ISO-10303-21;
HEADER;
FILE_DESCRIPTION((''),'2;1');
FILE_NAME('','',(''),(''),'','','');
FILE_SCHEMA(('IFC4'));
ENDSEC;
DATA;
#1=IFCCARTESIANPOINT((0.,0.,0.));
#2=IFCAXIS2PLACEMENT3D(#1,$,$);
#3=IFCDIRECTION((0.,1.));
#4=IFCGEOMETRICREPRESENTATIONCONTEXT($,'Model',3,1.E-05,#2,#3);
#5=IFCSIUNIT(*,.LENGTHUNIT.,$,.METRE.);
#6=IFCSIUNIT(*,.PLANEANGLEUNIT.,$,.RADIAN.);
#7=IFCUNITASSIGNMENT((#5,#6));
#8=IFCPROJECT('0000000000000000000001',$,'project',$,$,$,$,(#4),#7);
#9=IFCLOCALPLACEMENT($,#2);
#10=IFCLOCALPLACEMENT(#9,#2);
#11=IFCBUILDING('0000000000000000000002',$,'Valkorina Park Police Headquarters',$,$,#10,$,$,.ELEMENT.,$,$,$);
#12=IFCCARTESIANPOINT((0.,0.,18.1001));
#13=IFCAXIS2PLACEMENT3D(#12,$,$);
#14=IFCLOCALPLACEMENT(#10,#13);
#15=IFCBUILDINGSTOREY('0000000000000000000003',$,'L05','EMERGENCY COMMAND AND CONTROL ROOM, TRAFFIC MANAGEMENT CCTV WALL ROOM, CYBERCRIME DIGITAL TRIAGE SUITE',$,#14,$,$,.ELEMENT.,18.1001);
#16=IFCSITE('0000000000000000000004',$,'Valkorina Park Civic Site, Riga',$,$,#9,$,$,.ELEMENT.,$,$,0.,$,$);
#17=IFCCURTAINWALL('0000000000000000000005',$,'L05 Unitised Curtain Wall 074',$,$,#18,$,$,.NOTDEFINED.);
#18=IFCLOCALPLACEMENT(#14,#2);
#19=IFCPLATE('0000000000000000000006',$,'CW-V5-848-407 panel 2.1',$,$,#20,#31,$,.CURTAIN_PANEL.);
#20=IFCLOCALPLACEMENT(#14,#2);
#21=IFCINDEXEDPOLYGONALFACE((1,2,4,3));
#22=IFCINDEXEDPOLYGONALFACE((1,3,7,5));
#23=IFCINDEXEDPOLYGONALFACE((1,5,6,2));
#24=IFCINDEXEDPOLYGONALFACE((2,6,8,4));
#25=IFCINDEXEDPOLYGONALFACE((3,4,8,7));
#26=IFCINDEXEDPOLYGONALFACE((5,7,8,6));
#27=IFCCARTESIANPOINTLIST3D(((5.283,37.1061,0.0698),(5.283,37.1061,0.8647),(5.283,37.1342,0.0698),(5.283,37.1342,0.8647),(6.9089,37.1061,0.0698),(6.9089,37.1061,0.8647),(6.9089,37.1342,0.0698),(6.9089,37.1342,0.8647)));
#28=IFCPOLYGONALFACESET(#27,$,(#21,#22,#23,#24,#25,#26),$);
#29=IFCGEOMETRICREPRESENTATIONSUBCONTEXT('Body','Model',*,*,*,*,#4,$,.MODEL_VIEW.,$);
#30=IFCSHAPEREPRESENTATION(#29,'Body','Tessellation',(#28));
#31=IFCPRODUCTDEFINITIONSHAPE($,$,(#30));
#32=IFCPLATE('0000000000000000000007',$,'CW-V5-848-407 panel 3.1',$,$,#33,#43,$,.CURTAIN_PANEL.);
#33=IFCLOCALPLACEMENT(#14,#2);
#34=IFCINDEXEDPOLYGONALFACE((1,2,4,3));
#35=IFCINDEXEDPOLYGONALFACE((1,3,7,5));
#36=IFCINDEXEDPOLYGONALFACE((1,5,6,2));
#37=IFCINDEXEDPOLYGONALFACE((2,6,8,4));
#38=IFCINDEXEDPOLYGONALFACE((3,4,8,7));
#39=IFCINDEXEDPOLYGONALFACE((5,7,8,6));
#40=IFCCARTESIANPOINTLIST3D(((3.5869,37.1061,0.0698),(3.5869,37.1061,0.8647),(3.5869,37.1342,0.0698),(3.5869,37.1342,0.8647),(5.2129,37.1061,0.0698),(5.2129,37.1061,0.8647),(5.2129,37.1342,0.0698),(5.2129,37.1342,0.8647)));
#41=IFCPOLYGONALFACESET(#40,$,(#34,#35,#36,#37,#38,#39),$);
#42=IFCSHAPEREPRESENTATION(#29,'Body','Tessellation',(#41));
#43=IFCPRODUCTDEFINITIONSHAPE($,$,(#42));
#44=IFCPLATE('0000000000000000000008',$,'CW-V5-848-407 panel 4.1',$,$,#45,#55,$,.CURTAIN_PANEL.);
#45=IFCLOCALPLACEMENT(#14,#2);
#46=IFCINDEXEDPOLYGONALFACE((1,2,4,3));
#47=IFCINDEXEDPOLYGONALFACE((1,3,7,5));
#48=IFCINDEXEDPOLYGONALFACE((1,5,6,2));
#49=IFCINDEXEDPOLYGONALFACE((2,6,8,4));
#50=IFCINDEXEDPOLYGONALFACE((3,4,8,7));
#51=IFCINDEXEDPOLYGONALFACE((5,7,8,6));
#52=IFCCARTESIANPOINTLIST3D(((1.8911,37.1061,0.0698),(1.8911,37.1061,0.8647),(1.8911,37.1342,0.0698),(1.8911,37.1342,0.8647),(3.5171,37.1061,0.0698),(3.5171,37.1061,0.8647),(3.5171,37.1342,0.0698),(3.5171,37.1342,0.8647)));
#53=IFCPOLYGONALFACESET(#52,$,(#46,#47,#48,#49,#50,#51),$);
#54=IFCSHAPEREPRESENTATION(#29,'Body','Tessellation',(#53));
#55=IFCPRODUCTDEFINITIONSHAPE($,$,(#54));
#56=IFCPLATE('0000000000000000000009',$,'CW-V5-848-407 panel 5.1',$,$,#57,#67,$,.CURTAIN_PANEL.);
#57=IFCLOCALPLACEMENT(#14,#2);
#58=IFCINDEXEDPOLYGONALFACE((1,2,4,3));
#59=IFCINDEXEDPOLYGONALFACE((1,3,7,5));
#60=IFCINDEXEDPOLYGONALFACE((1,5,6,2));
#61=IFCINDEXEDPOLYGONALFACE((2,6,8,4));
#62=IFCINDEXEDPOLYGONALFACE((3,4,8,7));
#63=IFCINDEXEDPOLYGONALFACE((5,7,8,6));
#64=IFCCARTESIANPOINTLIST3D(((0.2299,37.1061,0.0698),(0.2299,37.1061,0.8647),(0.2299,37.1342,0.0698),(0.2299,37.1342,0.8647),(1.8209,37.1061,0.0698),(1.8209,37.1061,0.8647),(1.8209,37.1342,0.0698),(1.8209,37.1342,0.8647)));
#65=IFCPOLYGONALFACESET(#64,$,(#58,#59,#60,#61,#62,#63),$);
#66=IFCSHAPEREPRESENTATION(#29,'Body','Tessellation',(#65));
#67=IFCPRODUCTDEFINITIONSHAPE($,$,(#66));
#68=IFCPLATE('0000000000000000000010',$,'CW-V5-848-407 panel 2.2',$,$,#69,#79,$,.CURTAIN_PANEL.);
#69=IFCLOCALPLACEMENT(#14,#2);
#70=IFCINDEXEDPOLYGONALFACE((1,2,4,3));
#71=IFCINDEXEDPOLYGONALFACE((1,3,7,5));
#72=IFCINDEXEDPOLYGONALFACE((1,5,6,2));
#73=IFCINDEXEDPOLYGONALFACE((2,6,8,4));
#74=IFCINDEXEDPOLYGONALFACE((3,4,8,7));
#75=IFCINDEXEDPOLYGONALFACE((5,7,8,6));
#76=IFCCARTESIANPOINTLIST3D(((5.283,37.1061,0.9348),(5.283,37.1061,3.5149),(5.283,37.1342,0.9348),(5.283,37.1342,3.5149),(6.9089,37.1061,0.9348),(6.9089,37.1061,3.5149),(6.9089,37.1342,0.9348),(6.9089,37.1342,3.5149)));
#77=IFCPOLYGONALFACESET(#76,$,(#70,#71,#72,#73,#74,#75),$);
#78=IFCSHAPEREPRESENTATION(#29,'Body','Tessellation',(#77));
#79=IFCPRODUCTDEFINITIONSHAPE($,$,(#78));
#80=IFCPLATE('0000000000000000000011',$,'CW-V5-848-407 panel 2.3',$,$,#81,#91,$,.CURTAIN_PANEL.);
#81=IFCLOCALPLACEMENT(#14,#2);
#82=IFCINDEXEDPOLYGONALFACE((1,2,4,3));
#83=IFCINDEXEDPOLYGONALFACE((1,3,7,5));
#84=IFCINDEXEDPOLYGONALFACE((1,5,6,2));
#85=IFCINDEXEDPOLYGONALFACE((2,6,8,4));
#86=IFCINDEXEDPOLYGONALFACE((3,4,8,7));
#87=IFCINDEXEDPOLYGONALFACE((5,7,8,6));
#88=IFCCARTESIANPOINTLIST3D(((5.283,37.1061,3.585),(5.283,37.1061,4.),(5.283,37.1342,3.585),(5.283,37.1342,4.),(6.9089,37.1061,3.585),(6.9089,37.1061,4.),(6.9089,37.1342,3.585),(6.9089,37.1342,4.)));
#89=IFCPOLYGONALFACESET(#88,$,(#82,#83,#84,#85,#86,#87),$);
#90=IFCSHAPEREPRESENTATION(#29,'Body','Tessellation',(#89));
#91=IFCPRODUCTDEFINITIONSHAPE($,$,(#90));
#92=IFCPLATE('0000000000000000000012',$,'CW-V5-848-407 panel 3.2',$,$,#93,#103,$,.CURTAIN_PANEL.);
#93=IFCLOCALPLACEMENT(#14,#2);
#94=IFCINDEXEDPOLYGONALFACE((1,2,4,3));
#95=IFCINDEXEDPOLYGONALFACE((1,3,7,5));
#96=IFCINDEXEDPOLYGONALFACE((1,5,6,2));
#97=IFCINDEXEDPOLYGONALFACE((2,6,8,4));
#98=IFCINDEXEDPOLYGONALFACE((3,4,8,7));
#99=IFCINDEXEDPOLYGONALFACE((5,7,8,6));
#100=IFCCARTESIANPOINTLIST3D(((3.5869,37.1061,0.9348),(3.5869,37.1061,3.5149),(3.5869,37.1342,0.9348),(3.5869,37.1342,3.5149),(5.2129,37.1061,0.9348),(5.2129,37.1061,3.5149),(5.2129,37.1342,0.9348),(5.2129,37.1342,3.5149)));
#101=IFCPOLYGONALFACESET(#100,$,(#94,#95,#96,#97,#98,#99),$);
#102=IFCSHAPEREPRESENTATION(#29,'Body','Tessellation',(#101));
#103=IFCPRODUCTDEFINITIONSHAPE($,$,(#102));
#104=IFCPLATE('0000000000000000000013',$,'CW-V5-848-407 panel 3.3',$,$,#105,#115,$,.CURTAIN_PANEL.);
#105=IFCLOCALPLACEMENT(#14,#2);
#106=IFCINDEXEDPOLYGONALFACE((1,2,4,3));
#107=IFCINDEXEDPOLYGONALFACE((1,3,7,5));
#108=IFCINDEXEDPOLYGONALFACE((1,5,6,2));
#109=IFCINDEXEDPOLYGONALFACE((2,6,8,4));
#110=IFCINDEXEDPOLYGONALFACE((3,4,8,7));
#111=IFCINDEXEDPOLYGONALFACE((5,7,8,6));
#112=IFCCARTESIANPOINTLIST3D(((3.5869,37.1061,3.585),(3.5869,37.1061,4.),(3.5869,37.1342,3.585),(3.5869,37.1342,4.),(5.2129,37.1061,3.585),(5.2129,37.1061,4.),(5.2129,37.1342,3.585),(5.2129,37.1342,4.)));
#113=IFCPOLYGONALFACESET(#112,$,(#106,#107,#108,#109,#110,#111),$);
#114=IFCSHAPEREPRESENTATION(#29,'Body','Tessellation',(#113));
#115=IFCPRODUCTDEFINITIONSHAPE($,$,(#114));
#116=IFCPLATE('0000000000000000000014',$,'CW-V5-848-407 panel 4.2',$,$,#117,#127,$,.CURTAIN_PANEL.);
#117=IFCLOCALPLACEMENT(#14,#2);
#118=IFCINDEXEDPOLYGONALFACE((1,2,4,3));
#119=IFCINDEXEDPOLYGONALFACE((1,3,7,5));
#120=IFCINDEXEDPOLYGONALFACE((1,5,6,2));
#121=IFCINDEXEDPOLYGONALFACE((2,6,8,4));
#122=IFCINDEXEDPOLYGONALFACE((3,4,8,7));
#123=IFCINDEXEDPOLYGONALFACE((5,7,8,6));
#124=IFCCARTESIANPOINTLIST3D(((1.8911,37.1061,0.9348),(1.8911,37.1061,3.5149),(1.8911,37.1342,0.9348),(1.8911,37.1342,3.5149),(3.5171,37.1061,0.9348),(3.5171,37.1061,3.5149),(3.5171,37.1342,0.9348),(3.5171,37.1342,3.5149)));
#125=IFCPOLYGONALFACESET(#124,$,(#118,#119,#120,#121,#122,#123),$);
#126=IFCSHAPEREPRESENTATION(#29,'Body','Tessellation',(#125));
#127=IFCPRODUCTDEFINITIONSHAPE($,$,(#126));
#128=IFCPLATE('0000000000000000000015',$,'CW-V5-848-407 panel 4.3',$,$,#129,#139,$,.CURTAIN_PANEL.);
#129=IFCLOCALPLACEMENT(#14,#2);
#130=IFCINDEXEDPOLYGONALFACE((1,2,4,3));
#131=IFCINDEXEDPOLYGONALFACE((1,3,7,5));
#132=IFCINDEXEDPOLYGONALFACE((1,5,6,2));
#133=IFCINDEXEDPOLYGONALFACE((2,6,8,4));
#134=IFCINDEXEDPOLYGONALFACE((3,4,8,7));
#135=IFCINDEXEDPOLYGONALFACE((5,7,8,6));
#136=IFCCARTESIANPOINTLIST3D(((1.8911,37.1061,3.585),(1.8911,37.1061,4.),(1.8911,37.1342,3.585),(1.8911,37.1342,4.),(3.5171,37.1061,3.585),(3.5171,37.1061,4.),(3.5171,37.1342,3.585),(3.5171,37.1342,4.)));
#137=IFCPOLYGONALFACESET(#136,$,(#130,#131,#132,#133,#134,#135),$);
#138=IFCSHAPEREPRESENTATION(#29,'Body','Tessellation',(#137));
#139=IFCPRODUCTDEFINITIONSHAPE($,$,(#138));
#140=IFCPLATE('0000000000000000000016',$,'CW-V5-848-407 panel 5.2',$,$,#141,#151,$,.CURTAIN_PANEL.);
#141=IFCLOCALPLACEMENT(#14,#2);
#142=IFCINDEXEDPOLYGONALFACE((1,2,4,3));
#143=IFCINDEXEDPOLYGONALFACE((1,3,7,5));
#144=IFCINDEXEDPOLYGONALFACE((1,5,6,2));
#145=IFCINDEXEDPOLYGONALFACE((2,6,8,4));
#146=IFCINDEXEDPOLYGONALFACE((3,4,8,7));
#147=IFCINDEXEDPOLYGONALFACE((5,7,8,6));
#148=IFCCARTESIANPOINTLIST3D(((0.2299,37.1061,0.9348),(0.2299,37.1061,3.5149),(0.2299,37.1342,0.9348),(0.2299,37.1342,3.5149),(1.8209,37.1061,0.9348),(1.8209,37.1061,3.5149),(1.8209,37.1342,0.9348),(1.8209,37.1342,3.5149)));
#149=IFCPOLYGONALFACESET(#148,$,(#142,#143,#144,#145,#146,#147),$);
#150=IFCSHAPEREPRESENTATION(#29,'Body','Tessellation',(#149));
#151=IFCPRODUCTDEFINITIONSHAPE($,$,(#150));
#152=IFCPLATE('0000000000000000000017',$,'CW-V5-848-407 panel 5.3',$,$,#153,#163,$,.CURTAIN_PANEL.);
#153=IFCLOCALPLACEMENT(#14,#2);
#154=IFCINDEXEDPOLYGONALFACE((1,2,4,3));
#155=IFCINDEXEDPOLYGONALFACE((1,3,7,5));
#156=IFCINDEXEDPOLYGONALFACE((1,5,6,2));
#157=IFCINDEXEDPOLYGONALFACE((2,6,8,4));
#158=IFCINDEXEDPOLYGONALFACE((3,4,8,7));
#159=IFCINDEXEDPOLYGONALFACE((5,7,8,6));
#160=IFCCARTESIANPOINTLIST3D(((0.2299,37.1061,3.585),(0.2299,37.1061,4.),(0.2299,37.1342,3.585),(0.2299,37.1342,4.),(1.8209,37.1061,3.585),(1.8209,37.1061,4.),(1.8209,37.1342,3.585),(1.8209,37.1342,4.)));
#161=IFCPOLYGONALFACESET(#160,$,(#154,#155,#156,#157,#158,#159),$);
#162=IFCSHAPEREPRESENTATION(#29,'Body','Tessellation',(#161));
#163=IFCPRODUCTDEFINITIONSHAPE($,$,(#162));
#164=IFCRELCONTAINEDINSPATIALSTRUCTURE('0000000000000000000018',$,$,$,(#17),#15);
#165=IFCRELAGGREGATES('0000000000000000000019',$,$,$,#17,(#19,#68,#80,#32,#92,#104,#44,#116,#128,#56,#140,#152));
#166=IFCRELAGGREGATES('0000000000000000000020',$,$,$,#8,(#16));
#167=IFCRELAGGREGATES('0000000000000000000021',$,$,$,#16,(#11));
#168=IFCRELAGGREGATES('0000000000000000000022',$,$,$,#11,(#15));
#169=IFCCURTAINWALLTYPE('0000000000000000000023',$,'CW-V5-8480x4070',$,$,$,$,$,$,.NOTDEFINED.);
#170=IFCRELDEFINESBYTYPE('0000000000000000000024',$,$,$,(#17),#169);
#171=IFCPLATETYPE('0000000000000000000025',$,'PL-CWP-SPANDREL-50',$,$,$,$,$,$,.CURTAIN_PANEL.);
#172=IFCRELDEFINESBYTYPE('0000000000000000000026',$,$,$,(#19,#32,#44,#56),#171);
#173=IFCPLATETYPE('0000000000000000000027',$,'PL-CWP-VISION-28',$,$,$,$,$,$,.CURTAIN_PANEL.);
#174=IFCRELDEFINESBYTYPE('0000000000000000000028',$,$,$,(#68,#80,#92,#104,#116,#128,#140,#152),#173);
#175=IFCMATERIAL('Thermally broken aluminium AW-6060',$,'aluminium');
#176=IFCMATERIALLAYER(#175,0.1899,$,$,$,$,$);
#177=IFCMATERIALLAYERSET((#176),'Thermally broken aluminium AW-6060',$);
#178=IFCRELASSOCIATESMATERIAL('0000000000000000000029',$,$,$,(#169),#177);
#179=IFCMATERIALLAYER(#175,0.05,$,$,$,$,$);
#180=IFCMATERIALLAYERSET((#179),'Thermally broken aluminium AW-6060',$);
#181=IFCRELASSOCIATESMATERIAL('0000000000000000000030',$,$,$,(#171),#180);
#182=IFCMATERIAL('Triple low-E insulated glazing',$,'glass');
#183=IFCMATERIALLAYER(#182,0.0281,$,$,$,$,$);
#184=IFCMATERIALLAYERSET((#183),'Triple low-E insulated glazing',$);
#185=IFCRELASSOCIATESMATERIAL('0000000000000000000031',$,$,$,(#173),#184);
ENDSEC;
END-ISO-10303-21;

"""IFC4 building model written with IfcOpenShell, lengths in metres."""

from ifc_helpers import new_model, si_unit, direction, frame, origin, origin_2d, place, context, subcontext, project, spatial, rectangle, extrude, material, layer, layer_set, type_object, element, aggregate, save


model = new_model("IFC4")

# Units and contexts
model_context = context("Model", 3, precision=1e-05, world=origin(), true_north=direction((0.0, 1.0)))
body_context = subcontext(model_context, "Body", "Model", "MODEL_VIEW")
ifc_project = project(units=[si_unit("LENGTHUNIT", "METRE"), si_unit("PLANEANGLEUNIT", "RADIAN")], contexts=[model_context])

# Site, building, storey
site_placement = place(None, origin())
site = spatial("IfcSite", under=ifc_project, at=site_placement, Name="Valkorina Park Civic Site, Riga", CompositionType="ELEMENT", RefElevation=0.0)
building_placement = place(site_placement, origin())
building = spatial("IfcBuilding", under=site, at=building_placement, Name="Valkorina Park Police Headquarters", CompositionType="ELEMENT")
storey_placement = place(building_placement, frame((0.0, 0.0, 18.1001)))
storey = spatial("IfcBuildingStorey", under=building, at=storey_placement, Name="L05", Description="EMERGENCY COMMAND AND CONTROL ROOM, TRAFFIC MANAGEMENT CCTV WALL ROOM, CYBERCRIME DIGITAL TRIAGE SUITE", CompositionType="ELEMENT", Elevation=18.1001)

# Curtain wall, plates
ifc_material_1 = material(Name="Thermally broken aluminium AW-6060", Category="aluminium")
ifc_layer_1 = layer(ifc_material_1, 0.1899)
ifc_layer_set_1 = layer_set([ifc_layer_1], Name="Thermally broken aluminium AW-6060")
curtain_wall_type = type_object("IfcCurtainWallType", Name="CW-V5-8480x4070", PredefinedType="NOTDEFINED", material=ifc_layer_set_1)
curtain_wall_placement = place(storey_placement, origin())
curtain_wall = element("IfcCurtainWall", 1, at=curtain_wall_placement, inside=storey, type_object=curtain_wall_type, Name="L05 Unitised Curtain Wall 074", PredefinedType="NOTDEFINED")
ifc_layer_2 = layer(ifc_material_1, 0.05)
ifc_layer_set_2 = layer_set([ifc_layer_2], Name="Thermally broken aluminium AW-6060")
plate_type_1 = type_object("IfcPlateType", Name="PL-CWP-SPANDREL-50", PredefinedType="CURTAIN_PANEL", material=ifc_layer_set_2)
plate_1_placement = place(storey_placement, frame((6.0959, 37.1201, 0.0698), z_axis=(0.0, 0.0, 1.0), x_axis=(-1.0, 0.0, 0.0)))
plate_1 = element("IfcPlate", 2, at=plate_1_placement, type_object=plate_type_1, Name="CW-V5-848-407 panel 2.1", PredefinedType="CURTAIN_PANEL", context=body_context, shape_type="SweptSolid", body=[
    extrude(rectangle(XDim=1.626, YDim=0.0281, at=origin_2d()), origin(), (0.0, 0.0, 1.0), 0.7949),
])
plate_2_placement = place(storey_placement, frame((4.3999, 37.1201, 0.0698), z_axis=(0.0, 0.0, 1.0), x_axis=(-1.0, 0.0, 0.0)))
plate_2 = element("IfcPlate", 3, at=plate_2_placement, type_object=plate_type_1, Name="CW-V5-848-407 panel 3.1", PredefinedType="CURTAIN_PANEL", context=body_context, shape_type="SweptSolid", body=[
    extrude(rectangle(XDim=1.626, YDim=0.0281, at=origin_2d()), origin(), (0.0, 0.0, 1.0), 0.7949),
])
plate_3_placement = place(storey_placement, frame((2.7041, 37.1201, 0.0698), z_axis=(0.0, 0.0, 1.0), x_axis=(-1.0, 0.0, 0.0)))
plate_3 = element("IfcPlate", 4, at=plate_3_placement, type_object=plate_type_1, Name="CW-V5-848-407 panel 4.1", PredefinedType="CURTAIN_PANEL", context=body_context, shape_type="SweptSolid", body=[
    extrude(rectangle(XDim=1.626, YDim=0.0281, at=origin_2d()), origin(), (0.0, 0.0, 1.0), 0.7949),
])
plate_4_placement = place(storey_placement, frame((1.0254, 37.1201, 0.0698), z_axis=(0.0, 0.0, 1.0), x_axis=(-1.0, 0.0, 0.0)))
plate_4 = element("IfcPlate", 5, at=plate_4_placement, type_object=plate_type_1, Name="CW-V5-848-407 panel 5.1", PredefinedType="CURTAIN_PANEL", context=body_context, shape_type="SweptSolid", body=[
    extrude(rectangle(XDim=1.5911, YDim=0.0281, at=origin_2d()), origin(), (0.0, 0.0, 1.0), 0.7949),
])
ifc_material_2 = material(Name="Triple low-E insulated glazing", Category="glass")
ifc_layer_3 = layer(ifc_material_2, 0.0281)
ifc_layer_set_3 = layer_set([ifc_layer_3], Name="Triple low-E insulated glazing")
plate_type_2 = type_object("IfcPlateType", Name="PL-CWP-VISION-28", PredefinedType="CURTAIN_PANEL", material=ifc_layer_set_3)
plate_5_placement = place(storey_placement, frame((6.0959, 37.1201, 0.9348), z_axis=(0.0, 0.0, 1.0), x_axis=(-1.0, 0.0, 0.0)))
plate_5 = element("IfcPlate", 6, at=plate_5_placement, type_object=plate_type_2, Name="CW-V5-848-407 panel 2.2", PredefinedType="CURTAIN_PANEL", context=body_context, shape_type="SweptSolid", body=[
    extrude(rectangle(XDim=1.626, YDim=0.0281, at=origin_2d()), origin(), (0.0, 0.0, 1.0), 2.5801),
])
plate_6_placement = place(storey_placement, frame((6.0959, 37.1201, 3.585), z_axis=(0.0, 0.0, 1.0), x_axis=(-1.0, 0.0, 0.0)))
plate_6 = element("IfcPlate", 7, at=plate_6_placement, type_object=plate_type_2, Name="CW-V5-848-407 panel 2.3", PredefinedType="CURTAIN_PANEL", context=body_context, shape_type="SweptSolid", body=[
    extrude(rectangle(XDim=1.626, YDim=0.0281, at=origin_2d()), origin(), (0.0, 0.0, 1.0), 0.415),
])
plate_7_placement = place(storey_placement, frame((4.3999, 37.1201, 0.9348), z_axis=(0.0, 0.0, 1.0), x_axis=(-1.0, 0.0, 0.0)))
plate_7 = element("IfcPlate", 8, at=plate_7_placement, type_object=plate_type_2, Name="CW-V5-848-407 panel 3.2", PredefinedType="CURTAIN_PANEL", context=body_context, shape_type="SweptSolid", body=[
    extrude(rectangle(XDim=1.626, YDim=0.0281, at=origin_2d()), origin(), (0.0, 0.0, 1.0), 2.5801),
])
plate_8_placement = place(storey_placement, frame((4.3999, 37.1201, 3.585), z_axis=(0.0, 0.0, 1.0), x_axis=(-1.0, 0.0, 0.0)))
plate_8 = element("IfcPlate", 9, at=plate_8_placement, type_object=plate_type_2, Name="CW-V5-848-407 panel 3.3", PredefinedType="CURTAIN_PANEL", context=body_context, shape_type="SweptSolid", body=[
    extrude(rectangle(XDim=1.626, YDim=0.0281, at=origin_2d()), origin(), (0.0, 0.0, 1.0), 0.415),
])
plate_9_placement = place(storey_placement, frame((2.7041, 37.1201, 0.9348), z_axis=(0.0, 0.0, 1.0), x_axis=(-1.0, 0.0, 0.0)))
plate_9 = element("IfcPlate", 10, at=plate_9_placement, type_object=plate_type_2, Name="CW-V5-848-407 panel 4.2", PredefinedType="CURTAIN_PANEL", context=body_context, shape_type="SweptSolid", body=[
    extrude(rectangle(XDim=1.626, YDim=0.0281, at=origin_2d()), origin(), (0.0, 0.0, 1.0), 2.5801),
])
plate_10_placement = place(storey_placement, frame((2.7041, 37.1201, 3.585), z_axis=(0.0, 0.0, 1.0), x_axis=(-1.0, 0.0, 0.0)))
plate_10 = element("IfcPlate", 11, at=plate_10_placement, type_object=plate_type_2, Name="CW-V5-848-407 panel 4.3", PredefinedType="CURTAIN_PANEL", context=body_context, shape_type="SweptSolid", body=[
    extrude(rectangle(XDim=1.626, YDim=0.0281, at=origin_2d()), origin(), (0.0, 0.0, 1.0), 0.415),
])
plate_11_placement = place(storey_placement, frame((1.0254, 37.1201, 0.9348), z_axis=(0.0, 0.0, 1.0), x_axis=(-1.0, 0.0, 0.0)))
plate_11 = element("IfcPlate", 12, at=plate_11_placement, type_object=plate_type_2, Name="CW-V5-848-407 panel 5.2", PredefinedType="CURTAIN_PANEL", context=body_context, shape_type="SweptSolid", body=[
    extrude(rectangle(XDim=1.5911, YDim=0.0281, at=origin_2d()), origin(), (0.0, 0.0, 1.0), 2.5801),
])
plate_12_placement = place(storey_placement, frame((1.0254, 37.1201, 3.585), z_axis=(0.0, 0.0, 1.0), x_axis=(-1.0, 0.0, 0.0)))
plate_12 = element("IfcPlate", 13, at=plate_12_placement, type_object=plate_type_2, Name="CW-V5-848-407 panel 5.3", PredefinedType="CURTAIN_PANEL", context=body_context, shape_type="SweptSolid", body=[
    extrude(rectangle(XDim=1.5911, YDim=0.0281, at=origin_2d()), origin(), (0.0, 0.0, 1.0), 0.415),
])
aggregate(curtain_wall, [plate_1, plate_5, plate_6, plate_2, plate_7, plate_8, plate_3, plate_9, plate_10, plate_4, plate_11, plate_12])

save(model, "model.ifc")
